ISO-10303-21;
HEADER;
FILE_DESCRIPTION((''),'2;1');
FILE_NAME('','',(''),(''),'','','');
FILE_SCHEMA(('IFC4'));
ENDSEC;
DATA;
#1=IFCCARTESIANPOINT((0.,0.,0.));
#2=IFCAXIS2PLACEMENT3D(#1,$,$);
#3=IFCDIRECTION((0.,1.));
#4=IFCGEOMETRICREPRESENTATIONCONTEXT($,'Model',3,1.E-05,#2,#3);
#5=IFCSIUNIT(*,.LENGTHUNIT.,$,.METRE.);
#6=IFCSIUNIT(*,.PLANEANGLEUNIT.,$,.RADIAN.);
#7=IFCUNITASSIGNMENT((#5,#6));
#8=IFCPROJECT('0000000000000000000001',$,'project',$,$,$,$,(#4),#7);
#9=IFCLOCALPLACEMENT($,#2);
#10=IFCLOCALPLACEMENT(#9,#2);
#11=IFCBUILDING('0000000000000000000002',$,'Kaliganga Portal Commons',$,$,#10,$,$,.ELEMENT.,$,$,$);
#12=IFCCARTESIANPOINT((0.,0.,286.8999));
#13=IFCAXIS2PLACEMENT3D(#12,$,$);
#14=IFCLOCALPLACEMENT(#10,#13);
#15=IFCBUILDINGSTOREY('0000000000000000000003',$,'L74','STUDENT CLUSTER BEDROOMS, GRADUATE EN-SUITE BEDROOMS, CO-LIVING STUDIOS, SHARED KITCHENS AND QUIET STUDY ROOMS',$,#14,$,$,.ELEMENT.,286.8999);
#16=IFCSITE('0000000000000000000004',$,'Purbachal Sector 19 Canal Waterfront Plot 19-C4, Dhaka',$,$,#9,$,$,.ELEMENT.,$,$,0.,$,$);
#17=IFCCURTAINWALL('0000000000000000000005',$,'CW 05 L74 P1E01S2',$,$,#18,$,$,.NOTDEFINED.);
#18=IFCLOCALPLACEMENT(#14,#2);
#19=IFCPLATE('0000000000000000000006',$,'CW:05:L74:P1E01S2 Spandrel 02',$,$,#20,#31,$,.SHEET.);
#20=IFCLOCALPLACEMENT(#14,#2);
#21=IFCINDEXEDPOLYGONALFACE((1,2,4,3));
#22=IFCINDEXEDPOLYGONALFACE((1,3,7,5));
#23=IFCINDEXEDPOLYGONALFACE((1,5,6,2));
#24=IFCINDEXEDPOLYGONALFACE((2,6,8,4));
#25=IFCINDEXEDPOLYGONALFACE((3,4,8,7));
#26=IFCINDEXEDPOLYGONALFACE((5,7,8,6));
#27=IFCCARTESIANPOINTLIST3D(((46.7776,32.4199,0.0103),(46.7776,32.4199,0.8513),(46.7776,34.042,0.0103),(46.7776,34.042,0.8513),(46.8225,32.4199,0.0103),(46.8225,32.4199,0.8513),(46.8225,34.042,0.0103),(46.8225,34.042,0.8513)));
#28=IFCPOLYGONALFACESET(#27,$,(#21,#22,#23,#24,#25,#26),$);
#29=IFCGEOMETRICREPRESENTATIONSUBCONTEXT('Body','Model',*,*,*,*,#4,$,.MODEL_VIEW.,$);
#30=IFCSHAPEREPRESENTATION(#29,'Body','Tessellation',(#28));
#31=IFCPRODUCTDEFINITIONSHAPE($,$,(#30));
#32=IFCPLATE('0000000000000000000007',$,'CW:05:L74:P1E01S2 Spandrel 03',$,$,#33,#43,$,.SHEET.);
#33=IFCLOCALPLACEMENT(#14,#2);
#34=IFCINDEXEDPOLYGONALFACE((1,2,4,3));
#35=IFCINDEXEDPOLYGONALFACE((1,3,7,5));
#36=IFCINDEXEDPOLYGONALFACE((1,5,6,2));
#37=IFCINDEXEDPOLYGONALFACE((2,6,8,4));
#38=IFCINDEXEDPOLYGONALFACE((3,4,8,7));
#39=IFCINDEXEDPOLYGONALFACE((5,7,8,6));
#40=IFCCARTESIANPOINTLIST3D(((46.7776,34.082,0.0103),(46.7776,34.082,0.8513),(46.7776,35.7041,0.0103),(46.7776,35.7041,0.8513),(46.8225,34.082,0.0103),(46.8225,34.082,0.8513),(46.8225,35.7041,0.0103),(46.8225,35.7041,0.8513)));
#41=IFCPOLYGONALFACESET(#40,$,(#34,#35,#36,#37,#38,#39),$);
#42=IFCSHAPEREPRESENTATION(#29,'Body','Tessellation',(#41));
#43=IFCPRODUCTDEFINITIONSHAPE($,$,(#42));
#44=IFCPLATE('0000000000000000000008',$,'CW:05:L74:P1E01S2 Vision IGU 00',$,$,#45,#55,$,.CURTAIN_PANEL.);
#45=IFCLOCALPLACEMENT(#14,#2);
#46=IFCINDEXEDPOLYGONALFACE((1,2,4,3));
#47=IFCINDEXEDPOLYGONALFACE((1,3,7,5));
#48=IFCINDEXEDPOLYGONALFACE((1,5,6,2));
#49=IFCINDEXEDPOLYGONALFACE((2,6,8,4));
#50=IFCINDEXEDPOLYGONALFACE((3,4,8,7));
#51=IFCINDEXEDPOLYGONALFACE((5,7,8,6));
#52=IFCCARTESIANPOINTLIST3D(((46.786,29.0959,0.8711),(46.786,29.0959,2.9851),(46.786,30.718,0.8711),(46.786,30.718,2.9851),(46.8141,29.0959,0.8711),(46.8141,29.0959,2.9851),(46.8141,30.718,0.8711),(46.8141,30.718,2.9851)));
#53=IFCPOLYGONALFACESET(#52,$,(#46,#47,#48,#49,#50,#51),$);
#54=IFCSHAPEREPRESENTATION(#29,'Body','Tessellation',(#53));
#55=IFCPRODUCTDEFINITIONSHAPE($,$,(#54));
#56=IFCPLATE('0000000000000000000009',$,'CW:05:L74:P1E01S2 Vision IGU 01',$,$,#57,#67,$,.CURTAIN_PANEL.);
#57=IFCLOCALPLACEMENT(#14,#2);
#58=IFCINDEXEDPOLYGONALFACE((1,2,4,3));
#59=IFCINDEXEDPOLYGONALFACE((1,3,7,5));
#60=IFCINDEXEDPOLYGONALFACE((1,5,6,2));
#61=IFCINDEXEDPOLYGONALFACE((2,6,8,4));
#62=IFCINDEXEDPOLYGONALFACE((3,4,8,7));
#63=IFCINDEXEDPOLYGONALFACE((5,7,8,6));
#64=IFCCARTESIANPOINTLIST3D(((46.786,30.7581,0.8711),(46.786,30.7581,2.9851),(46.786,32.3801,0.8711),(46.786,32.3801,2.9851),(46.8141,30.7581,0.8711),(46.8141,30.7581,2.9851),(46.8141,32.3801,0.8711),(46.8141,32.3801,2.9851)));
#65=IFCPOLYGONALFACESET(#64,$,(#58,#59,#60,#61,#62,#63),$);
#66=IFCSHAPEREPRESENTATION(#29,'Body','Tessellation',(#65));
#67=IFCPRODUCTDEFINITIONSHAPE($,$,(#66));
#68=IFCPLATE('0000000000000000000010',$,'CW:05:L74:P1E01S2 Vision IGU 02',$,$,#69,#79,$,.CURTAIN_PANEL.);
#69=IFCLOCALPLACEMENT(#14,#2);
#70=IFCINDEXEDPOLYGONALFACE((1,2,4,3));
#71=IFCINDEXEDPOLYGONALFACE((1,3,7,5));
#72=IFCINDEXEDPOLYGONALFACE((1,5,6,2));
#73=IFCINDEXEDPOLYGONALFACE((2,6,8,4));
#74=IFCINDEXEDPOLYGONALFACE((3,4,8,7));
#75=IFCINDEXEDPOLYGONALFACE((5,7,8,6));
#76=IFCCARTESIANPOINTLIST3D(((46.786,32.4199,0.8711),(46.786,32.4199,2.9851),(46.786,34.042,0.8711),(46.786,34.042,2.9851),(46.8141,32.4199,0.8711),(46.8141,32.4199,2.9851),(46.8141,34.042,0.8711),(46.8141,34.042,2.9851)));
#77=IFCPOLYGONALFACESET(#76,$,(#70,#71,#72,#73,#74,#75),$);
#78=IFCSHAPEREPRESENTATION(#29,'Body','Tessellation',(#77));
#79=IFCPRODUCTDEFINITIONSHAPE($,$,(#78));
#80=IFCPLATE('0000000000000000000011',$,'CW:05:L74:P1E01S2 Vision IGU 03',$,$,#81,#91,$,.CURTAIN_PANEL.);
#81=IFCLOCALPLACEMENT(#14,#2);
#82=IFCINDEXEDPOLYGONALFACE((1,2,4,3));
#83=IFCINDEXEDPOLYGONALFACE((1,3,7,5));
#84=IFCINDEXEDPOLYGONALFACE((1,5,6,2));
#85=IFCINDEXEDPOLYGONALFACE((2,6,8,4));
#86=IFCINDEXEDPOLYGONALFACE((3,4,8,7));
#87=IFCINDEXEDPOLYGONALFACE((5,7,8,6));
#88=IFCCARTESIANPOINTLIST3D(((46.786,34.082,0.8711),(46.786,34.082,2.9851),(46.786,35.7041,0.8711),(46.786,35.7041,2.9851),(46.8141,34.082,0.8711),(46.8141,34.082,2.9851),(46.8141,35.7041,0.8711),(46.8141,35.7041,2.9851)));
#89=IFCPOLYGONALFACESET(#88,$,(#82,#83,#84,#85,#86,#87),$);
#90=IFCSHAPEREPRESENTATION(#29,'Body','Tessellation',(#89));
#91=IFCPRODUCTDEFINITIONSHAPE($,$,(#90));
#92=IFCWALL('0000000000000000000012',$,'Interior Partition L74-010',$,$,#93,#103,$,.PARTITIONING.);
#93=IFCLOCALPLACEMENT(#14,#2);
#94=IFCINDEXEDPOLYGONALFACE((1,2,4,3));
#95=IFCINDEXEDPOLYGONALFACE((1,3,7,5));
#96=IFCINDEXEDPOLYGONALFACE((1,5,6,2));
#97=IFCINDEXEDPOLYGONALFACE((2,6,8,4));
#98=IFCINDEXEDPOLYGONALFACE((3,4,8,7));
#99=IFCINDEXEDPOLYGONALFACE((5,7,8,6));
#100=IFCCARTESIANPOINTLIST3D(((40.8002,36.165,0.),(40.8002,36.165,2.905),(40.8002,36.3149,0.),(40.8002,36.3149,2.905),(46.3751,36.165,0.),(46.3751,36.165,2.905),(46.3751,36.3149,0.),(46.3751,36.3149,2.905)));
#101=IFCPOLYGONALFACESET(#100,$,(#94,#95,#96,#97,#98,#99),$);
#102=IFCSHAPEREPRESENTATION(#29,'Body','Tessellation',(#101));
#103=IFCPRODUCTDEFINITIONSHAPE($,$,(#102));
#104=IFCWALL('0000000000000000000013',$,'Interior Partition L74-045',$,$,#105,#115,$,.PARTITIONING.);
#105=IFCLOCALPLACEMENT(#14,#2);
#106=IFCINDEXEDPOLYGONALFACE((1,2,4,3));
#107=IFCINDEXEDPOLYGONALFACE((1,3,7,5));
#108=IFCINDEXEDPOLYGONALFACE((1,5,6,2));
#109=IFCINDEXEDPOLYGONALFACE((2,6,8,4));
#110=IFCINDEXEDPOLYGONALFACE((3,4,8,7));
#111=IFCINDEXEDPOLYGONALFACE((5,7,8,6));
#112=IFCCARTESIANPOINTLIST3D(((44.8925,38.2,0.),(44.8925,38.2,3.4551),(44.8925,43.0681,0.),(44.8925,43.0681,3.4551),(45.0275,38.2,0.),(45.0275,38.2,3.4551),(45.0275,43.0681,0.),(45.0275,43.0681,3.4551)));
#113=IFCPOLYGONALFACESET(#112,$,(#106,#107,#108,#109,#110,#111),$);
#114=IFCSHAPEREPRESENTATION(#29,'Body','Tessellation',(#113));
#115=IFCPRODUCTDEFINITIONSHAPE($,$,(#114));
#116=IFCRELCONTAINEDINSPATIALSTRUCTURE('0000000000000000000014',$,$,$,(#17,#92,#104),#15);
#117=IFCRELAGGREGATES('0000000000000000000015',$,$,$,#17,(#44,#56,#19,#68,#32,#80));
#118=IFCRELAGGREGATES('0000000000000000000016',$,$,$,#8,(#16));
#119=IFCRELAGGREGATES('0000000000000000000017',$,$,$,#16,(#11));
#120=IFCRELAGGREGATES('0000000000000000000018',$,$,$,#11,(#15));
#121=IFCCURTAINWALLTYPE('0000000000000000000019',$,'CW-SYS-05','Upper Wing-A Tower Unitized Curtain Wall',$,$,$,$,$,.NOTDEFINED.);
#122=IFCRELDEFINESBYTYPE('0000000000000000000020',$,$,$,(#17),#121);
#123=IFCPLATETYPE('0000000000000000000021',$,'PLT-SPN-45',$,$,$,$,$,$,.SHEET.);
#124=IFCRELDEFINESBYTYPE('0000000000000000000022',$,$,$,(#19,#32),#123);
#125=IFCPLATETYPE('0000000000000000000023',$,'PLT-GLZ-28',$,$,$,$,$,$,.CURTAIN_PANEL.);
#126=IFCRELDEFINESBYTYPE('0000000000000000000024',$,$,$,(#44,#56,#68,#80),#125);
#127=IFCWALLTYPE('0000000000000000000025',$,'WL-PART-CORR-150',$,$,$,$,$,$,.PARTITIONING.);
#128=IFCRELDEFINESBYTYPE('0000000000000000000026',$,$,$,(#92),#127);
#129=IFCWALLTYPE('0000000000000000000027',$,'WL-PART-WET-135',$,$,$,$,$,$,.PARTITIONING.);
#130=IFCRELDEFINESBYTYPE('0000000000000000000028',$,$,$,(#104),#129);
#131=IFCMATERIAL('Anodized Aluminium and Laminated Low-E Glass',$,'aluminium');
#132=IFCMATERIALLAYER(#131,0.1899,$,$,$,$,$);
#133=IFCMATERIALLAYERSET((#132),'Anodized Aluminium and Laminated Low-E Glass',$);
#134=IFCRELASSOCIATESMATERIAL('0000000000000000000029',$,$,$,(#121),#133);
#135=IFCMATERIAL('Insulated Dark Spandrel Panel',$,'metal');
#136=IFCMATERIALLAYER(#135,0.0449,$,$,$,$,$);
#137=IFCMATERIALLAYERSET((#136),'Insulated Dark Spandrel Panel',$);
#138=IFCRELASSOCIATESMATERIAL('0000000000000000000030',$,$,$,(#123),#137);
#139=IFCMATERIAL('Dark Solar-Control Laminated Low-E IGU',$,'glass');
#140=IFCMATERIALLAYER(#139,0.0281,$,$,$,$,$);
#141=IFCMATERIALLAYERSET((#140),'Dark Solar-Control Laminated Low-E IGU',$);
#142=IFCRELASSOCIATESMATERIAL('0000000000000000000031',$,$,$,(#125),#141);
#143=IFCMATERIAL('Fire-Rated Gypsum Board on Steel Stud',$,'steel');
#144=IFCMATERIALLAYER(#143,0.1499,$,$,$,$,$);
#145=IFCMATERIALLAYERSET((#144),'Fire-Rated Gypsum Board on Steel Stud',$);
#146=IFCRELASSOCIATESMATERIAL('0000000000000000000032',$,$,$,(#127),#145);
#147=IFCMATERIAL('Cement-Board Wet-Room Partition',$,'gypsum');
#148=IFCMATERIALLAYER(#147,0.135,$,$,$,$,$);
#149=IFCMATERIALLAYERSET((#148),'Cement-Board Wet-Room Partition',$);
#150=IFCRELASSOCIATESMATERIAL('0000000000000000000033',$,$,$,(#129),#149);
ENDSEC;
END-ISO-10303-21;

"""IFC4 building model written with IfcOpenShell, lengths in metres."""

from ifc_helpers import new_model, si_unit, direction, frame, frame_2d, origin, origin_2d, place, context, subcontext, project, spatial, rectangle, extrude, source, transform, mapped, material, layer, layer_set, type_object, element, aggregate, save


model = new_model("IFC4")

# Units and contexts
model_context = context("Model", 3, precision=1e-05, world=origin(), true_north=direction((0.0, 1.0)))
body_context = subcontext(model_context, "Body", "Model", "MODEL_VIEW")
ifc_project = project(units=[si_unit("LENGTHUNIT", "METRE"), si_unit("PLANEANGLEUNIT", "RADIAN")], contexts=[model_context])

# Site, building, storey
site_placement = place(None, origin())
site = spatial("IfcSite", under=ifc_project, at=site_placement, Name="Purbachal Sector 19 Canal Waterfront Plot 19-C4, Dhaka", CompositionType="ELEMENT", RefElevation=0.0)
building_placement = place(site_placement, origin())
building = spatial("IfcBuilding", under=site, at=building_placement, Name="Kaliganga Portal Commons", CompositionType="ELEMENT")
storey_placement = place(building_placement, frame((0.0, 0.0, 286.8999)))
storey = spatial("IfcBuildingStorey", under=building, at=storey_placement, Name="L74", Description="STUDENT CLUSTER BEDROOMS, GRADUATE EN-SUITE BEDROOMS, CO-LIVING STUDIOS, SHARED KITCHENS AND QUIET STUDY ROOMS", CompositionType="ELEMENT", Elevation=286.8999)

# Curtain wall
ifc_material_1 = material(Name="Anodized Aluminium and Laminated Low-E Glass", Category="aluminium")
ifc_layer_1 = layer(ifc_material_1, 0.1899)
ifc_layer_set_1 = layer_set([ifc_layer_1], Name="Anodized Aluminium and Laminated Low-E Glass")
curtain_wall_type = type_object("IfcCurtainWallType", Name="CW-SYS-05", Description="Upper Wing-A Tower Unitized Curtain Wall", PredefinedType="NOTDEFINED", material=ifc_layer_set_1)
curtain_wall_1_placement = place(storey_placement, origin())
curtain_wall_1 = element("IfcCurtainWall", 1, at=curtain_wall_1_placement, inside=storey, type_object=curtain_wall_type, Name="CW 05 L74 P1E01S2", PredefinedType="NOTDEFINED")

# Plates
ifc_material_2 = material(Name="Insulated Dark Spandrel Panel", Category="metal")
ifc_layer_2 = layer(ifc_material_2, 0.0449)
ifc_layer_set_2 = layer_set([ifc_layer_2], Name="Insulated Dark Spandrel Panel")
plate_type_1 = type_object("IfcPlateType", Name="PLT-SPN-45", PredefinedType="SHEET", material=ifc_layer_set_2)
ifc_material_3 = material(Name="Dark Solar-Control Laminated Low-E IGU", Category="glass")
ifc_layer_3 = layer(ifc_material_3, 0.0281)
ifc_layer_set_3 = layer_set([ifc_layer_3], Name="Dark Solar-Control Laminated Low-E IGU")
plate_type_2 = type_object("IfcPlateType", Name="PLT-GLZ-28", PredefinedType="CURTAIN_PANEL", material=ifc_layer_set_3)
shared_shape_1 = source(origin(), body_context, "Body", "SweptSolid", [
    extrude(rectangle(XDim=1.6221, YDim=0.0449, at=origin_2d()), origin(), (0.0, 0.0, 1.0), 0.8411),
])
plate_1_placement = place(storey_placement, frame((46.8, 33.231, 0.0103), z_axis=(0.0, 0.0, 1.0), x_axis=(0.0, 1.0, 0.0)))
plate_1 = element("IfcPlate", 2, at=plate_1_placement, type_object=plate_type_1, Name="CW:05:L74:P1E01S2 Spandrel 02", PredefinedType="SHEET", context=body_context, shape_type="MappedRepresentation", body=[
    mapped(shared_shape_1, transform((0.0, 0.0, 0.0), x_axis=(1.0, 0.0, 0.0), y_axis=(0.0, 1.0, 0.0), z_axis=(0.0, 0.0, 1.0), scale=1.0)),
])
plate_2_placement = place(storey_placement, frame((46.8, 34.8931, 0.0103), z_axis=(0.0, 0.0, 1.0), x_axis=(0.0, 1.0, 0.0)))
plate_2 = element("IfcPlate", 3, at=plate_2_placement, type_object=plate_type_1, Name="CW:05:L74:P1E01S2 Spandrel 03", PredefinedType="SHEET", context=body_context, shape_type="MappedRepresentation", body=[
    mapped(shared_shape_1, transform((0.0, 0.0, 0.0), x_axis=(1.0, 0.0, 0.0), y_axis=(0.0, 1.0, 0.0), z_axis=(0.0, 0.0, 1.0), scale=1.0)),
])
shared_shape_2 = source(origin(), body_context, "Body", "SweptSolid", [
    extrude(rectangle(XDim=1.6221, YDim=0.0281, at=origin_2d()), origin(), (0.0, 0.0, 1.0), 2.114),
])
plate_3_placement = place(storey_placement, frame((46.8, 29.907, 0.8711), z_axis=(0.0, 0.0, 1.0), x_axis=(0.0, 1.0, 0.0)))
plate_3 = element("IfcPlate", 4, at=plate_3_placement, type_object=plate_type_2, Name="CW:05:L74:P1E01S2 Vision IGU 00", PredefinedType="CURTAIN_PANEL", context=body_context, shape_type="MappedRepresentation", body=[
    mapped(shared_shape_2, transform((0.0, 0.0, 0.0), x_axis=(1.0, 0.0, 0.0), y_axis=(0.0, 1.0, 0.0), z_axis=(0.0, 0.0, 1.0), scale=1.0)),
])
plate_4_placement = place(storey_placement, frame((46.8, 31.5691, 0.8711), z_axis=(0.0, 0.0, 1.0), x_axis=(0.0, 1.0, 0.0)))
plate_4 = element("IfcPlate", 5, at=plate_4_placement, type_object=plate_type_2, Name="CW:05:L74:P1E01S2 Vision IGU 01", PredefinedType="CURTAIN_PANEL", context=body_context, shape_type="MappedRepresentation", body=[
    mapped(shared_shape_2, transform((0.0, 0.0, 0.0), x_axis=(1.0, 0.0, 0.0), y_axis=(0.0, 1.0, 0.0), z_axis=(0.0, 0.0, 1.0), scale=1.0)),
])
plate_5_placement = place(storey_placement, frame((46.8, 33.231, 0.8711), z_axis=(0.0, 0.0, 1.0), x_axis=(0.0, 1.0, 0.0)))
plate_5 = element("IfcPlate", 6, at=plate_5_placement, type_object=plate_type_2, Name="CW:05:L74:P1E01S2 Vision IGU 02", PredefinedType="CURTAIN_PANEL", context=body_context, shape_type="MappedRepresentation", body=[
    mapped(shared_shape_2, transform((0.0, 0.0, 0.0), x_axis=(1.0, 0.0, 0.0), y_axis=(0.0, 1.0, 0.0), z_axis=(0.0, 0.0, 1.0), scale=1.0)),
])
plate_6_placement = place(storey_placement, frame((46.8, 34.8931, 0.8711), z_axis=(0.0, 0.0, 1.0), x_axis=(0.0, 1.0, 0.0)))
plate_6 = element("IfcPlate", 7, at=plate_6_placement, type_object=plate_type_2, Name="CW:05:L74:P1E01S2 Vision IGU 03", PredefinedType="CURTAIN_PANEL", context=body_context, shape_type="MappedRepresentation", body=[
    mapped(shared_shape_2, transform((0.0, 0.0, 0.0), x_axis=(1.0, 0.0, 0.0), y_axis=(0.0, 1.0, 0.0), z_axis=(0.0, 0.0, 1.0), scale=1.0)),
])
aggregate(curtain_wall_1, [plate_3, plate_4, plate_1, plate_5, plate_2, plate_6])

# Wall
ifc_material_4 = material(Name="Fire-Rated Gypsum Board on Steel Stud", Category="steel")
ifc_layer_4 = layer(ifc_material_4, 0.1499)
ifc_layer_set_4 = layer_set([ifc_layer_4], Name="Fire-Rated Gypsum Board on Steel Stud")
wall_type_1 = type_object("IfcWallType", Name="WL-PART-CORR-150", PredefinedType="PARTITIONING", material=ifc_layer_set_4)
wall_1_placement = place(storey_placement, frame((40.8, 36.24, 0.0), z_axis=(0.0, 0.0, 1.0), x_axis=(1.0, 0.0, 0.0)))
element("IfcWall", 8, at=wall_1_placement, inside=storey, type_object=wall_type_1, Name="Interior Partition L74-010", PredefinedType="PARTITIONING", context=body_context, shape_type="SweptSolid", body=[
    extrude(rectangle(XDim=5.575, YDim=0.1499, at=frame_2d((2.7876, 0.0))), origin(), (0.0, 0.0, 1.0), 2.905),
])

# Wall
ifc_material_5 = material(Name="Cement-Board Wet-Room Partition", Category="gypsum")
ifc_layer_5 = layer(ifc_material_5, 0.135)
ifc_layer_set_5 = layer_set([ifc_layer_5], Name="Cement-Board Wet-Room Partition")
wall_type_2 = type_object("IfcWallType", Name="WL-PART-WET-135", PredefinedType="PARTITIONING", material=ifc_layer_set_5)
wall_2_placement = place(storey_placement, frame((44.96, 38.2, 0.0), z_axis=(0.0, 0.0, 1.0), x_axis=(0.0, 1.0, 0.0)))
element("IfcWall", 9, at=wall_2_placement, inside=storey, type_object=wall_type_2, Name="Interior Partition L74-045", PredefinedType="PARTITIONING", context=body_context, shape_type="SweptSolid", body=[
    extrude(rectangle(XDim=4.8682, YDim=0.135, at=frame_2d((2.4341, 0.0))), origin(), (0.0, 0.0, 1.0), 3.4551),
])

save(model, "model.ifc")
